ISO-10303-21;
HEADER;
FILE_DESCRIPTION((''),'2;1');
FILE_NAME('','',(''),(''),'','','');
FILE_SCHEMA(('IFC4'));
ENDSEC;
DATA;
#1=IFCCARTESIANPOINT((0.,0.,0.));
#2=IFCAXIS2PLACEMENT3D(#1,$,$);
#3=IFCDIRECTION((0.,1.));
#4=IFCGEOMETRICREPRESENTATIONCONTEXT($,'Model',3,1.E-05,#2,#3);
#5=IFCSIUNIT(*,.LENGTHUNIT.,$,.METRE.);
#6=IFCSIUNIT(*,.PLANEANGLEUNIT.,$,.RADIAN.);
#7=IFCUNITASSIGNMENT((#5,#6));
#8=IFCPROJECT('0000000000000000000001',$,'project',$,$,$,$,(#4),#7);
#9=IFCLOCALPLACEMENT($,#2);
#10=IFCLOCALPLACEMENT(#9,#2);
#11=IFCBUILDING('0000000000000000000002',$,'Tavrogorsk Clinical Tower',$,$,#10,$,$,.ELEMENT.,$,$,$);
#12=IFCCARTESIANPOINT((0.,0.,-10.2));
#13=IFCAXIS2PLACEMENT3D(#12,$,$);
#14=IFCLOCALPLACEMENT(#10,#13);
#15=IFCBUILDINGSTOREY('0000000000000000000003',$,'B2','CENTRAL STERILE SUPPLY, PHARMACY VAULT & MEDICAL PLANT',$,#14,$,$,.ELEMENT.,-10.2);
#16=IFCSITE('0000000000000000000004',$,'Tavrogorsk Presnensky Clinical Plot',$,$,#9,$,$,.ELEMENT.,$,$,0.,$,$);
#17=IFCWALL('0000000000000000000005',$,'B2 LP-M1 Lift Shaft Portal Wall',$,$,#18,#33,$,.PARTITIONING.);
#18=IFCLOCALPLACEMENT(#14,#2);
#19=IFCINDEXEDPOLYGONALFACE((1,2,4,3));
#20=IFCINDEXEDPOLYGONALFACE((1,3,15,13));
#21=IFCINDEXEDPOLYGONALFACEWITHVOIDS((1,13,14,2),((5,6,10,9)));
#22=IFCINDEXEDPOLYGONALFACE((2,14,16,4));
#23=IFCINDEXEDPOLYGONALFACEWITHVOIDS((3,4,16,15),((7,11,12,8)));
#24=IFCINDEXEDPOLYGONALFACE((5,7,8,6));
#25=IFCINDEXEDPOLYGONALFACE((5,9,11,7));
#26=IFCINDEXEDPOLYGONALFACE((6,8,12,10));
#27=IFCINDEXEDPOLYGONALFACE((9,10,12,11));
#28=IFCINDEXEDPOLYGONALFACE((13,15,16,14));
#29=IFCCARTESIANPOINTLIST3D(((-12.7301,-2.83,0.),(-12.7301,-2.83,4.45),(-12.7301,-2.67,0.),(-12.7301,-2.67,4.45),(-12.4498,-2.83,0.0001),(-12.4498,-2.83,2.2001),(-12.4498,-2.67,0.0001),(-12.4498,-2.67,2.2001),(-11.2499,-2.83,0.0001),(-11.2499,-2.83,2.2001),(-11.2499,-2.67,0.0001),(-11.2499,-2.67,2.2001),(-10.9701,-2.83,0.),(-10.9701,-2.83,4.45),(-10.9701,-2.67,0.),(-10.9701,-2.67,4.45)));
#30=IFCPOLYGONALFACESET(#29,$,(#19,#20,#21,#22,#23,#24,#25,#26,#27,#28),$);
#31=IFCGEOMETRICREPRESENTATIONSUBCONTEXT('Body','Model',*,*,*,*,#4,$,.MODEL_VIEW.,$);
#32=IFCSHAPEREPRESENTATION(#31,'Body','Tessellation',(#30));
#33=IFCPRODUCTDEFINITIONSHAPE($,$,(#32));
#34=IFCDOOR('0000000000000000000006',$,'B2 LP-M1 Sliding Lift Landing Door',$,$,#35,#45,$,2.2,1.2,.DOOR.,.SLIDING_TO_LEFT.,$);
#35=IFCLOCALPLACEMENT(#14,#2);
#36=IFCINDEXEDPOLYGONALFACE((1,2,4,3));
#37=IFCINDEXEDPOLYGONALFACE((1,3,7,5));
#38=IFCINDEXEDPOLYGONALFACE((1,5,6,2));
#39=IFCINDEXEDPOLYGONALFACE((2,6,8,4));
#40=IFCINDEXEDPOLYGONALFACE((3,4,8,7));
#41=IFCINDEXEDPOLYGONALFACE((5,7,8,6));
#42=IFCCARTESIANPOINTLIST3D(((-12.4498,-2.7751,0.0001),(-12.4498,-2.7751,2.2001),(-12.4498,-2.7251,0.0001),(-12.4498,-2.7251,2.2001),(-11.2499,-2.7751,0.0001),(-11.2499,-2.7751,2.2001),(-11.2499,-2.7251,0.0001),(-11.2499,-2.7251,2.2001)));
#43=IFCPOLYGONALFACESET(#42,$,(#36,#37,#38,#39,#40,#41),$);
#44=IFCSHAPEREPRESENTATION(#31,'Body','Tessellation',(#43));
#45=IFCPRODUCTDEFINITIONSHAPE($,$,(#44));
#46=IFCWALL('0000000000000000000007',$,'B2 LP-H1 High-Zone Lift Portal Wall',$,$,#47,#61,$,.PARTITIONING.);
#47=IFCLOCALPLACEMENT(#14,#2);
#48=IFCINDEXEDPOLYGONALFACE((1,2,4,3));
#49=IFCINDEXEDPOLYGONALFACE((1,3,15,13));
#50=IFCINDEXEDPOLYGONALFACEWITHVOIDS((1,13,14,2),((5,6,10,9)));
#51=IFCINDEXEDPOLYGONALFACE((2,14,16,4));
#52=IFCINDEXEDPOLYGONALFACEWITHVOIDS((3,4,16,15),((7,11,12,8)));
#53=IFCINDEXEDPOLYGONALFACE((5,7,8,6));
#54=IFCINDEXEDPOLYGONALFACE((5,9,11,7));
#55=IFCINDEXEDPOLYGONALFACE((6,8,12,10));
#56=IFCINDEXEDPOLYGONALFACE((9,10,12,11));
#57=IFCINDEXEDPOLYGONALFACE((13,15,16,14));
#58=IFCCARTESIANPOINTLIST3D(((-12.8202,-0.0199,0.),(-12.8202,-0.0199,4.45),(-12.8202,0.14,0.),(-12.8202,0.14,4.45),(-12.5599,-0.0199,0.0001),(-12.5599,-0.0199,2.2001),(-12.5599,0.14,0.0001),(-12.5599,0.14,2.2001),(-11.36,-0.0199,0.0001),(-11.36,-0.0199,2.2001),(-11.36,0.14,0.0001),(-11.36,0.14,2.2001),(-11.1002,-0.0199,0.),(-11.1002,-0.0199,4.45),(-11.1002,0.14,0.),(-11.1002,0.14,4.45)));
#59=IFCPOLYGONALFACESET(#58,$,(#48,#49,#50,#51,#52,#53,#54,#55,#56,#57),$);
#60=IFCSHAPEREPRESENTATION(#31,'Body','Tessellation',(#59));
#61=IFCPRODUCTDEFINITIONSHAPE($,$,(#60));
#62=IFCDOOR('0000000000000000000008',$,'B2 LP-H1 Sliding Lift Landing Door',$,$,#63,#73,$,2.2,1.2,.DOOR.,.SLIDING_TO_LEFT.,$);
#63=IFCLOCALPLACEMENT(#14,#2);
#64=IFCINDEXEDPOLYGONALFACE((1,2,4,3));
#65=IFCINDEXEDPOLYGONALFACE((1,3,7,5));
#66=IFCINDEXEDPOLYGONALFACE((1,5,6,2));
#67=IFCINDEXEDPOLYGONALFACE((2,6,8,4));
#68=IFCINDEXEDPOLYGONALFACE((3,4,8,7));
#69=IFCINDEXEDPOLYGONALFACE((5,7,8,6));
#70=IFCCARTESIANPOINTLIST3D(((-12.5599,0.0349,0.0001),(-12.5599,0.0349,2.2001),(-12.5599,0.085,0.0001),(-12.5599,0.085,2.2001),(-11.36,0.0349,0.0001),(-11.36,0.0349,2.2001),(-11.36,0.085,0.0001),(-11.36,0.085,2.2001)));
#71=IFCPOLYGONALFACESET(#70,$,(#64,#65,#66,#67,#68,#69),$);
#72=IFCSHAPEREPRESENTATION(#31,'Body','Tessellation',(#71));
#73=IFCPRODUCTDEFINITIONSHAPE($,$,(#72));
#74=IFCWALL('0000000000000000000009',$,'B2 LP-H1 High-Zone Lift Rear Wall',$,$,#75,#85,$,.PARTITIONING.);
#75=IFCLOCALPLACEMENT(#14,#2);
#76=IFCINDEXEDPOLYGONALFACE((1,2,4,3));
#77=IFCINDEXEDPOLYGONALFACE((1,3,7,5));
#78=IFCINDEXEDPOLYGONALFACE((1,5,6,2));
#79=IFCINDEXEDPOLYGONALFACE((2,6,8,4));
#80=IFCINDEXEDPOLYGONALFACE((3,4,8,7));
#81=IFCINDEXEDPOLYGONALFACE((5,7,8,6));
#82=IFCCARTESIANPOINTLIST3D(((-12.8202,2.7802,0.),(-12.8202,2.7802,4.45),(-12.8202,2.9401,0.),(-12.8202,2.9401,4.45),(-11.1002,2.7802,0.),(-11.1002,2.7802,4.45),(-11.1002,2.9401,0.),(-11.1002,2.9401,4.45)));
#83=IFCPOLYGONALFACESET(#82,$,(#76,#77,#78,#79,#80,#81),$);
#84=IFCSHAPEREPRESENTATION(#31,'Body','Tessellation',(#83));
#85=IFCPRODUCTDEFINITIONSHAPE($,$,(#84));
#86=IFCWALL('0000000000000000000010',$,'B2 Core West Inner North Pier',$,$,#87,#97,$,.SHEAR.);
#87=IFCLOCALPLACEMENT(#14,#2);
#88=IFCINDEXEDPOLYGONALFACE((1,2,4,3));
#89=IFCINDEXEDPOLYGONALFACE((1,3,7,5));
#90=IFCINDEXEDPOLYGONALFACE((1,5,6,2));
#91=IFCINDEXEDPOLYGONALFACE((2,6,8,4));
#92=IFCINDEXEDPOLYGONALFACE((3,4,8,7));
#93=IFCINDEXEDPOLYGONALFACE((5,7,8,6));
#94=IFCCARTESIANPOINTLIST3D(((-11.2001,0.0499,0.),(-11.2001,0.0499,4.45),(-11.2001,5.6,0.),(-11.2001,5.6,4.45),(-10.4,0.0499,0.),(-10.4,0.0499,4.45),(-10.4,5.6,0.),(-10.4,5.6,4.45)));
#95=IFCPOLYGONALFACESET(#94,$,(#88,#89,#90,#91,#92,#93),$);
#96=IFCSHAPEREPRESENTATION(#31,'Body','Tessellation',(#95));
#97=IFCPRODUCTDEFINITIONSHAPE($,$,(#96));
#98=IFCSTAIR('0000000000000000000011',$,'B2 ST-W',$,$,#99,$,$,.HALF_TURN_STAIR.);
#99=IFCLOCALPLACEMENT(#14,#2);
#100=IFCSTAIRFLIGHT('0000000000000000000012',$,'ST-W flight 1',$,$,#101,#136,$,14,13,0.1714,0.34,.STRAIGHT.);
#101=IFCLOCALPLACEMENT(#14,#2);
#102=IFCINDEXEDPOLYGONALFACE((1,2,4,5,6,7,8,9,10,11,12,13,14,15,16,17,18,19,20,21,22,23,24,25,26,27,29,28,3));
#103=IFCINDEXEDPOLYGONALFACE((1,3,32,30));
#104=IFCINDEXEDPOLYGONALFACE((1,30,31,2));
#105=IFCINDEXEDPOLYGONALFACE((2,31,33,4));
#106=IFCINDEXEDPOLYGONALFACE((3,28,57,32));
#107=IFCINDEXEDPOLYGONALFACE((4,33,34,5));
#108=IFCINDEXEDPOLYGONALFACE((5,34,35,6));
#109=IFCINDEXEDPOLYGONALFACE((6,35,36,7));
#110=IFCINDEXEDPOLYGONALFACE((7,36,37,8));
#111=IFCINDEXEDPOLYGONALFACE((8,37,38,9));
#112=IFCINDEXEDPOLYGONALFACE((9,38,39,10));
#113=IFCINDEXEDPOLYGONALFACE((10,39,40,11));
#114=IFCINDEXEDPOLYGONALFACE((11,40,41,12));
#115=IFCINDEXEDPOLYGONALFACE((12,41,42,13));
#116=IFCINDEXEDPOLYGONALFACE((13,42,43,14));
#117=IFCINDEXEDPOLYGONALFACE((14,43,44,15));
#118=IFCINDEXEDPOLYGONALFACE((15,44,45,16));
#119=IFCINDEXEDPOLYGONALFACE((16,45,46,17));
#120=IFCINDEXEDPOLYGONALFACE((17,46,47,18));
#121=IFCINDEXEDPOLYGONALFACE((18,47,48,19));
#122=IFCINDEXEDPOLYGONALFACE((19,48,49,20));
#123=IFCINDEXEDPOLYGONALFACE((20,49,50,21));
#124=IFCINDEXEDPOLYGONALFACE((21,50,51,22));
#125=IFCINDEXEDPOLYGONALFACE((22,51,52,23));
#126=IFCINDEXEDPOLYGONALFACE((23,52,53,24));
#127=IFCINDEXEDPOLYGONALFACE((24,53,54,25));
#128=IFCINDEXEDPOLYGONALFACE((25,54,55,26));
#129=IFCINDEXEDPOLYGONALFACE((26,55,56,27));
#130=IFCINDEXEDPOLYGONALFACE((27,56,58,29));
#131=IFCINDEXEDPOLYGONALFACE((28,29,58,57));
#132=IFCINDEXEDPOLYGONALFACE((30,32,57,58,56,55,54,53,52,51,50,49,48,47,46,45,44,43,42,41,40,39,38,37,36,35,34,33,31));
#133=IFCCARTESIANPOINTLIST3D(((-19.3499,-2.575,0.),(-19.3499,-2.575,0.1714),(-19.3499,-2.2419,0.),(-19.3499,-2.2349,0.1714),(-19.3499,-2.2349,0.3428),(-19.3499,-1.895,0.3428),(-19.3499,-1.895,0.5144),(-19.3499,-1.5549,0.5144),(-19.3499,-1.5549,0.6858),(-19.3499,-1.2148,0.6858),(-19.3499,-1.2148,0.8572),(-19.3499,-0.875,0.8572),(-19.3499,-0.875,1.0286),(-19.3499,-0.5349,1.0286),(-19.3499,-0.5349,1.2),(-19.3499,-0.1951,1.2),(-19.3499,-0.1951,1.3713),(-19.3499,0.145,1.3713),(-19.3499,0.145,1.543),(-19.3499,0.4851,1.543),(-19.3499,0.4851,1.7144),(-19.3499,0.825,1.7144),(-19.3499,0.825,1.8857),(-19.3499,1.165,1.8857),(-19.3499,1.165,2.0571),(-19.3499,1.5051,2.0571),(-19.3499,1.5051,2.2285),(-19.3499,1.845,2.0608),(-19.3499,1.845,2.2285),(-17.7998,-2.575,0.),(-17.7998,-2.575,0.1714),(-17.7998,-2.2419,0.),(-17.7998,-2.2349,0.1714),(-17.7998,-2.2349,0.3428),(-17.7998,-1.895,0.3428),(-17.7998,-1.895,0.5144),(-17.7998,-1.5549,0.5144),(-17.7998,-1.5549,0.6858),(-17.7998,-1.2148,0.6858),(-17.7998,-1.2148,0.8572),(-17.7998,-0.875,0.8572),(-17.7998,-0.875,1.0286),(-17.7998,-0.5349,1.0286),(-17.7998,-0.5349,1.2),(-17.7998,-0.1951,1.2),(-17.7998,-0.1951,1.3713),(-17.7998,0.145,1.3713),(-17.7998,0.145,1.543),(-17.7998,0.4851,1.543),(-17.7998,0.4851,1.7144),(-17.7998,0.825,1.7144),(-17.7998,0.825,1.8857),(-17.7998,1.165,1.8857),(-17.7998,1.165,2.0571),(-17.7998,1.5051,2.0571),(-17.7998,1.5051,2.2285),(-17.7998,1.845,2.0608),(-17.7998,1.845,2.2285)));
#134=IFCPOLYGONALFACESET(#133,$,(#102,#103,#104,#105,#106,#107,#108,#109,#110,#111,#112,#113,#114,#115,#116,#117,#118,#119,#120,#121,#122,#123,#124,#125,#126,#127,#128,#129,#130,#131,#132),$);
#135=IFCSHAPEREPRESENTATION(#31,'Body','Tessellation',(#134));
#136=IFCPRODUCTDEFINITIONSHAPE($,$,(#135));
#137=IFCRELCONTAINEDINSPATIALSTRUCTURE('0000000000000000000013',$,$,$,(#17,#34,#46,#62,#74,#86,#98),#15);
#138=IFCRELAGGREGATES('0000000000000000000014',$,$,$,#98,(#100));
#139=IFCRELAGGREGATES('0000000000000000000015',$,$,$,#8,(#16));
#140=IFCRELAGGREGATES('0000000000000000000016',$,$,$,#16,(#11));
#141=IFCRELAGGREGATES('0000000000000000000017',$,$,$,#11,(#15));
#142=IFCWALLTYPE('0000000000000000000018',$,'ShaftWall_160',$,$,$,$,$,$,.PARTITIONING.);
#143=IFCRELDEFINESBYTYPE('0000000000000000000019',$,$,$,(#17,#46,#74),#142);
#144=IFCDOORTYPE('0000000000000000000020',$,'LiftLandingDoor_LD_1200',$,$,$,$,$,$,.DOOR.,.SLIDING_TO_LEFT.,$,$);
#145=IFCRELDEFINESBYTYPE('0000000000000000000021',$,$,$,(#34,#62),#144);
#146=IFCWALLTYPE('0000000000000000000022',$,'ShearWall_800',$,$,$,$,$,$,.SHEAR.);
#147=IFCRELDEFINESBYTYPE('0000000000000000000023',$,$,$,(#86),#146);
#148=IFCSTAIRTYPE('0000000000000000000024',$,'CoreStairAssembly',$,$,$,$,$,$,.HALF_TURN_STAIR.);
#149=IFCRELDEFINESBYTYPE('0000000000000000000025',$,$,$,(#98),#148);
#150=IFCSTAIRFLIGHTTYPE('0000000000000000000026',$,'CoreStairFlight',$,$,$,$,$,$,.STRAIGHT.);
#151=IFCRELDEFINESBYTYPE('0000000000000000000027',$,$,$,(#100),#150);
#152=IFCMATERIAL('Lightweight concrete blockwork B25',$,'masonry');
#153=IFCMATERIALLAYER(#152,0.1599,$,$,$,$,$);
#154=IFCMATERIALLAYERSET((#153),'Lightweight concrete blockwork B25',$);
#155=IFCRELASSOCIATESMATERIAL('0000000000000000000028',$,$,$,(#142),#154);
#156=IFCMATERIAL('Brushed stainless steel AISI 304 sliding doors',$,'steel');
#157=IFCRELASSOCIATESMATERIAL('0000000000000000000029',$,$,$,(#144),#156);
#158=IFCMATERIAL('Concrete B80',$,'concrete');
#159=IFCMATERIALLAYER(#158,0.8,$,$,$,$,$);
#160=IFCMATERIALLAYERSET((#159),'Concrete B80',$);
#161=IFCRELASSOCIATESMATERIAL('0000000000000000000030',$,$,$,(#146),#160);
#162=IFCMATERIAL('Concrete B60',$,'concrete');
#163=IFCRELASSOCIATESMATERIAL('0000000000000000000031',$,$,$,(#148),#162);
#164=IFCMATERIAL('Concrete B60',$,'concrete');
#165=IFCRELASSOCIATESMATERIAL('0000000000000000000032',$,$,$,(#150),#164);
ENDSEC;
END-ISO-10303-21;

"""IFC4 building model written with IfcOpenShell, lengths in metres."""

from ifc_helpers import new_model, si_unit, direction, frame, frame_2d, origin, place, context, subcontext, project, spatial, polyline, rectangle, outline, extrude, material, layer, layer_set, type_object, element, fill, aggregate, save


model = new_model("IFC4")

# Units and contexts
model_context = context("Model", 3, precision=1e-05, world=origin(), true_north=direction((0.0, 1.0)))
body_context = subcontext(model_context, "Body", "Model", "MODEL_VIEW")
ifc_project = project(units=[si_unit("LENGTHUNIT", "METRE"), si_unit("PLANEANGLEUNIT", "RADIAN")], contexts=[model_context])

# Site, building, storey
site_placement = place(None, origin())
site = spatial("IfcSite", under=ifc_project, at=site_placement, Name="Tavrogorsk Presnensky Clinical Plot", CompositionType="ELEMENT", RefElevation=0.0)
building_placement = place(site_placement, origin())
building = spatial("IfcBuilding", under=site, at=building_placement, Name="Tavrogorsk Clinical Tower", CompositionType="ELEMENT")
storey_placement = place(building_placement, frame((0.0, 0.0, -10.2)))
storey = spatial("IfcBuildingStorey", under=building, at=storey_placement, Name="B2", Description="CENTRAL STERILE SUPPLY, PHARMACY VAULT & MEDICAL PLANT", CompositionType="ELEMENT", Elevation=-10.2)

# Shared definitions
ifc_material_1 = material(Name="Lightweight concrete blockwork B25", Category="masonry")
ifc_layer_1 = layer(ifc_material_1, 0.1599)
ifc_layer_set_1 = layer_set([ifc_layer_1], Name="Lightweight concrete blockwork B25")
wall_type_1 = type_object("IfcWallType", Name="ShaftWall_160", PredefinedType="PARTITIONING", material=ifc_layer_set_1)
ifc_material_2 = material(Name="Brushed stainless steel AISI 304 sliding doors", Category="steel")
door_type_1 = type_object("IfcDoorType", Name="LiftLandingDoor_LD_1200", OperationType="SLIDING_TO_LEFT", PredefinedType="DOOR", material=ifc_material_2)

# Walls, openings, doors
wall_1_placement = place(storey_placement, frame((-12.73, -2.75, 0.0), z_axis=(0.0, 0.0, 1.0), x_axis=(1.0, 0.0, 0.0)))
wall_1 = element("IfcWall", 1, at=wall_1_placement, inside=storey, type_object=wall_type_1, Name="B2 LP-M1 Lift Shaft Portal Wall", PredefinedType="PARTITIONING", context=body_context, shape_type="SweptSolid", body=[
    extrude(rectangle(XDim=1.76, YDim=0.1599, at=frame_2d((0.8799, 0.0))), origin(), (0.0, 0.0, 1.0), 4.45),
])
opening_1_placement = place(wall_1_placement, frame((0.28, 0.0, 0.0)))
opening_1 = element("IfcOpeningElement", 2, at=opening_1_placement, cuts=wall_1, PredefinedType="OPENING", context=body_context, shape_type="SweptSolid", body=[
    extrude(rectangle(XDim=1.2, YDim=2.2, at=frame_2d((0.6001, 1.1001))), frame((0.0, 0.0898, 0.0), z_axis=(0.0, -1.0, 0.0), x_axis=(1.0, 0.0, 0.0)), (0.0, 0.0, 1.0), 0.1799),
])
door_1_placement = place(opening_1_placement, origin())
door_1 = element("IfcDoor", 3, at=door_1_placement, inside=storey, type_object=door_type_1, Name="B2 LP-M1 Sliding Lift Landing Door", OperationType="SLIDING_TO_LEFT", OverallHeight=2.2, OverallWidth=1.2, PredefinedType="DOOR", context=body_context, shape_type="SweptSolid", body=[
    extrude(rectangle(XDim=1.2, YDim=2.2, at=frame_2d((0.6001, 1.1001))), frame((0.0, 0.0249, 0.0), z_axis=(0.0, -1.0, 0.0), x_axis=(1.0, 0.0, 0.0)), (0.0, 0.0, 1.0), 0.05),
])
fill(opening_1, door_1)
wall_2_placement = place(storey_placement, frame((-12.8201, 0.0601, 0.0), z_axis=(0.0, 0.0, 1.0), x_axis=(1.0, 0.0, 0.0)))
wall_2 = element("IfcWall", 4, at=wall_2_placement, inside=storey, type_object=wall_type_1, Name="B2 LP-H1 High-Zone Lift Portal Wall", PredefinedType="PARTITIONING", context=body_context, shape_type="SweptSolid", body=[
    extrude(rectangle(XDim=1.72, YDim=0.1599, at=frame_2d((0.8599, 0.0))), origin(), (0.0, 0.0, 1.0), 4.45),
])
opening_2_placement = place(wall_2_placement, frame((0.26, 0.0, 0.0)))
opening_2 = element("IfcOpeningElement", 5, at=opening_2_placement, cuts=wall_2, PredefinedType="OPENING", context=body_context, shape_type="SweptSolid", body=[
    extrude(rectangle(XDim=1.2, YDim=2.2, at=frame_2d((0.6001, 1.1001))), frame((0.0, 0.0898, 0.0), z_axis=(0.0, -1.0, 0.0), x_axis=(1.0, 0.0, 0.0)), (0.0, 0.0, 1.0), 0.1799),
])
door_2_placement = place(opening_2_placement, origin())
door_2 = element("IfcDoor", 6, at=door_2_placement, inside=storey, type_object=door_type_1, Name="B2 LP-H1 Sliding Lift Landing Door", OperationType="SLIDING_TO_LEFT", OverallHeight=2.2, OverallWidth=1.2, PredefinedType="DOOR", context=body_context, shape_type="SweptSolid", body=[
    extrude(rectangle(XDim=1.2, YDim=2.2, at=frame_2d((0.6001, 1.1001))), frame((0.0, 0.0249, 0.0), z_axis=(0.0, -1.0, 0.0), x_axis=(1.0, 0.0, 0.0)), (0.0, 0.0, 1.0), 0.05),
])
fill(opening_2, door_2)

# Walls
wall_3_placement = place(storey_placement, frame((-12.8201, 2.8601, 0.0), z_axis=(0.0, 0.0, 1.0), x_axis=(1.0, 0.0, 0.0)))
element("IfcWall", 7, at=wall_3_placement, inside=storey, type_object=wall_type_1, Name="B2 LP-H1 High-Zone Lift Rear Wall", PredefinedType="PARTITIONING", context=body_context, shape_type="SweptSolid", body=[
    extrude(rectangle(XDim=1.72, YDim=0.1599, at=frame_2d((0.8599, 0.0))), origin(), (0.0, 0.0, 1.0), 4.45),
])
ifc_material_3 = material(Name="Concrete B80", Category="concrete")
ifc_layer_2 = layer(ifc_material_3, 0.8)
ifc_layer_set_2 = layer_set([ifc_layer_2], Name="Concrete B80")
wall_type_2 = type_object("IfcWallType", Name="ShearWall_800", PredefinedType="SHEAR", material=ifc_layer_set_2)
wall_4_placement = place(storey_placement, frame((-10.8, 0.05, 0.0), z_axis=(0.0, 0.0, 1.0), x_axis=(0.0, 1.0, 0.0)))
element("IfcWall", 8, at=wall_4_placement, inside=storey, type_object=wall_type_2, Name="B2 Core West Inner North Pier", PredefinedType="SHEAR", context=body_context, shape_type="SweptSolid", body=[
    extrude(rectangle(XDim=5.55, YDim=0.8, at=frame_2d((2.7749, 0.0))), origin(), (0.0, 0.0, 1.0), 4.45),
])

# Stair, stair flight
ifc_material_4 = material(Name="Concrete B60", Category="concrete")
stair_type = type_object("IfcStairType", Name="CoreStairAssembly", PredefinedType="HALF_TURN_STAIR", material=ifc_material_4)
stair_placement = place(storey_placement, origin())
stair = element("IfcStair", 9, at=stair_placement, inside=storey, type_object=stair_type, Name="B2 ST-W", PredefinedType="HALF_TURN_STAIR")
ifc_material_5 = material(Name="Concrete B60", Category="concrete")
stair_flight_type = type_object("IfcStairFlightType", Name="CoreStairFlight", PredefinedType="STRAIGHT", material=ifc_material_5)
stair_flight_placement = place(storey_placement, frame((-18.575, -2.575, 0.0), z_axis=(0.0, 0.0, 1.0), x_axis=(0.0, 1.0, 0.0)))
stair_flight = element("IfcStairFlight", 10, at=stair_flight_placement, type_object=stair_flight_type, Name="ST-W flight 1", NumberOfRisers=14, NumberOfTreads=13, PredefinedType="STRAIGHT", RiserHeight=0.1714, TreadLength=0.34, context=body_context, shape_type="SweptSolid", body=[
    extrude(outline(polyline([(0.0, 0.0), (0.0, 0.1714), (0.3401, 0.1714), (0.3401, 0.3428), (0.6799, 0.3428), (0.6799, 0.5144), (1.02, 0.5144), (1.02, 0.6858), (1.3601, 0.6858), (1.3601, 0.8572), (1.7, 0.8572), (1.7, 1.0286), (2.04, 1.0286), (2.04, 1.2), (2.3799, 1.2), (2.3799, 1.3713), (2.72, 1.3713), (2.72, 1.543), (3.0601, 1.543), (3.0601, 1.7144), (3.3999, 1.7144), (3.3999, 1.8857), (3.74, 1.8857), (3.74, 2.0571), (4.0801, 2.0571), (4.0801, 2.2285), (4.4199, 2.2285), (4.4199, 2.3999), (4.4199, 2.0608), (0.333, 0.0), (0.0, 0.0)])), frame((0.0, 0.7749, 0.0), z_axis=(0.0, -1.0, 0.0), x_axis=(1.0, 0.0, 0.0)), (0.0, 0.0, 1.0), 1.55),
])
aggregate(stair, [stair_flight])

save(model, "model.ifc")
